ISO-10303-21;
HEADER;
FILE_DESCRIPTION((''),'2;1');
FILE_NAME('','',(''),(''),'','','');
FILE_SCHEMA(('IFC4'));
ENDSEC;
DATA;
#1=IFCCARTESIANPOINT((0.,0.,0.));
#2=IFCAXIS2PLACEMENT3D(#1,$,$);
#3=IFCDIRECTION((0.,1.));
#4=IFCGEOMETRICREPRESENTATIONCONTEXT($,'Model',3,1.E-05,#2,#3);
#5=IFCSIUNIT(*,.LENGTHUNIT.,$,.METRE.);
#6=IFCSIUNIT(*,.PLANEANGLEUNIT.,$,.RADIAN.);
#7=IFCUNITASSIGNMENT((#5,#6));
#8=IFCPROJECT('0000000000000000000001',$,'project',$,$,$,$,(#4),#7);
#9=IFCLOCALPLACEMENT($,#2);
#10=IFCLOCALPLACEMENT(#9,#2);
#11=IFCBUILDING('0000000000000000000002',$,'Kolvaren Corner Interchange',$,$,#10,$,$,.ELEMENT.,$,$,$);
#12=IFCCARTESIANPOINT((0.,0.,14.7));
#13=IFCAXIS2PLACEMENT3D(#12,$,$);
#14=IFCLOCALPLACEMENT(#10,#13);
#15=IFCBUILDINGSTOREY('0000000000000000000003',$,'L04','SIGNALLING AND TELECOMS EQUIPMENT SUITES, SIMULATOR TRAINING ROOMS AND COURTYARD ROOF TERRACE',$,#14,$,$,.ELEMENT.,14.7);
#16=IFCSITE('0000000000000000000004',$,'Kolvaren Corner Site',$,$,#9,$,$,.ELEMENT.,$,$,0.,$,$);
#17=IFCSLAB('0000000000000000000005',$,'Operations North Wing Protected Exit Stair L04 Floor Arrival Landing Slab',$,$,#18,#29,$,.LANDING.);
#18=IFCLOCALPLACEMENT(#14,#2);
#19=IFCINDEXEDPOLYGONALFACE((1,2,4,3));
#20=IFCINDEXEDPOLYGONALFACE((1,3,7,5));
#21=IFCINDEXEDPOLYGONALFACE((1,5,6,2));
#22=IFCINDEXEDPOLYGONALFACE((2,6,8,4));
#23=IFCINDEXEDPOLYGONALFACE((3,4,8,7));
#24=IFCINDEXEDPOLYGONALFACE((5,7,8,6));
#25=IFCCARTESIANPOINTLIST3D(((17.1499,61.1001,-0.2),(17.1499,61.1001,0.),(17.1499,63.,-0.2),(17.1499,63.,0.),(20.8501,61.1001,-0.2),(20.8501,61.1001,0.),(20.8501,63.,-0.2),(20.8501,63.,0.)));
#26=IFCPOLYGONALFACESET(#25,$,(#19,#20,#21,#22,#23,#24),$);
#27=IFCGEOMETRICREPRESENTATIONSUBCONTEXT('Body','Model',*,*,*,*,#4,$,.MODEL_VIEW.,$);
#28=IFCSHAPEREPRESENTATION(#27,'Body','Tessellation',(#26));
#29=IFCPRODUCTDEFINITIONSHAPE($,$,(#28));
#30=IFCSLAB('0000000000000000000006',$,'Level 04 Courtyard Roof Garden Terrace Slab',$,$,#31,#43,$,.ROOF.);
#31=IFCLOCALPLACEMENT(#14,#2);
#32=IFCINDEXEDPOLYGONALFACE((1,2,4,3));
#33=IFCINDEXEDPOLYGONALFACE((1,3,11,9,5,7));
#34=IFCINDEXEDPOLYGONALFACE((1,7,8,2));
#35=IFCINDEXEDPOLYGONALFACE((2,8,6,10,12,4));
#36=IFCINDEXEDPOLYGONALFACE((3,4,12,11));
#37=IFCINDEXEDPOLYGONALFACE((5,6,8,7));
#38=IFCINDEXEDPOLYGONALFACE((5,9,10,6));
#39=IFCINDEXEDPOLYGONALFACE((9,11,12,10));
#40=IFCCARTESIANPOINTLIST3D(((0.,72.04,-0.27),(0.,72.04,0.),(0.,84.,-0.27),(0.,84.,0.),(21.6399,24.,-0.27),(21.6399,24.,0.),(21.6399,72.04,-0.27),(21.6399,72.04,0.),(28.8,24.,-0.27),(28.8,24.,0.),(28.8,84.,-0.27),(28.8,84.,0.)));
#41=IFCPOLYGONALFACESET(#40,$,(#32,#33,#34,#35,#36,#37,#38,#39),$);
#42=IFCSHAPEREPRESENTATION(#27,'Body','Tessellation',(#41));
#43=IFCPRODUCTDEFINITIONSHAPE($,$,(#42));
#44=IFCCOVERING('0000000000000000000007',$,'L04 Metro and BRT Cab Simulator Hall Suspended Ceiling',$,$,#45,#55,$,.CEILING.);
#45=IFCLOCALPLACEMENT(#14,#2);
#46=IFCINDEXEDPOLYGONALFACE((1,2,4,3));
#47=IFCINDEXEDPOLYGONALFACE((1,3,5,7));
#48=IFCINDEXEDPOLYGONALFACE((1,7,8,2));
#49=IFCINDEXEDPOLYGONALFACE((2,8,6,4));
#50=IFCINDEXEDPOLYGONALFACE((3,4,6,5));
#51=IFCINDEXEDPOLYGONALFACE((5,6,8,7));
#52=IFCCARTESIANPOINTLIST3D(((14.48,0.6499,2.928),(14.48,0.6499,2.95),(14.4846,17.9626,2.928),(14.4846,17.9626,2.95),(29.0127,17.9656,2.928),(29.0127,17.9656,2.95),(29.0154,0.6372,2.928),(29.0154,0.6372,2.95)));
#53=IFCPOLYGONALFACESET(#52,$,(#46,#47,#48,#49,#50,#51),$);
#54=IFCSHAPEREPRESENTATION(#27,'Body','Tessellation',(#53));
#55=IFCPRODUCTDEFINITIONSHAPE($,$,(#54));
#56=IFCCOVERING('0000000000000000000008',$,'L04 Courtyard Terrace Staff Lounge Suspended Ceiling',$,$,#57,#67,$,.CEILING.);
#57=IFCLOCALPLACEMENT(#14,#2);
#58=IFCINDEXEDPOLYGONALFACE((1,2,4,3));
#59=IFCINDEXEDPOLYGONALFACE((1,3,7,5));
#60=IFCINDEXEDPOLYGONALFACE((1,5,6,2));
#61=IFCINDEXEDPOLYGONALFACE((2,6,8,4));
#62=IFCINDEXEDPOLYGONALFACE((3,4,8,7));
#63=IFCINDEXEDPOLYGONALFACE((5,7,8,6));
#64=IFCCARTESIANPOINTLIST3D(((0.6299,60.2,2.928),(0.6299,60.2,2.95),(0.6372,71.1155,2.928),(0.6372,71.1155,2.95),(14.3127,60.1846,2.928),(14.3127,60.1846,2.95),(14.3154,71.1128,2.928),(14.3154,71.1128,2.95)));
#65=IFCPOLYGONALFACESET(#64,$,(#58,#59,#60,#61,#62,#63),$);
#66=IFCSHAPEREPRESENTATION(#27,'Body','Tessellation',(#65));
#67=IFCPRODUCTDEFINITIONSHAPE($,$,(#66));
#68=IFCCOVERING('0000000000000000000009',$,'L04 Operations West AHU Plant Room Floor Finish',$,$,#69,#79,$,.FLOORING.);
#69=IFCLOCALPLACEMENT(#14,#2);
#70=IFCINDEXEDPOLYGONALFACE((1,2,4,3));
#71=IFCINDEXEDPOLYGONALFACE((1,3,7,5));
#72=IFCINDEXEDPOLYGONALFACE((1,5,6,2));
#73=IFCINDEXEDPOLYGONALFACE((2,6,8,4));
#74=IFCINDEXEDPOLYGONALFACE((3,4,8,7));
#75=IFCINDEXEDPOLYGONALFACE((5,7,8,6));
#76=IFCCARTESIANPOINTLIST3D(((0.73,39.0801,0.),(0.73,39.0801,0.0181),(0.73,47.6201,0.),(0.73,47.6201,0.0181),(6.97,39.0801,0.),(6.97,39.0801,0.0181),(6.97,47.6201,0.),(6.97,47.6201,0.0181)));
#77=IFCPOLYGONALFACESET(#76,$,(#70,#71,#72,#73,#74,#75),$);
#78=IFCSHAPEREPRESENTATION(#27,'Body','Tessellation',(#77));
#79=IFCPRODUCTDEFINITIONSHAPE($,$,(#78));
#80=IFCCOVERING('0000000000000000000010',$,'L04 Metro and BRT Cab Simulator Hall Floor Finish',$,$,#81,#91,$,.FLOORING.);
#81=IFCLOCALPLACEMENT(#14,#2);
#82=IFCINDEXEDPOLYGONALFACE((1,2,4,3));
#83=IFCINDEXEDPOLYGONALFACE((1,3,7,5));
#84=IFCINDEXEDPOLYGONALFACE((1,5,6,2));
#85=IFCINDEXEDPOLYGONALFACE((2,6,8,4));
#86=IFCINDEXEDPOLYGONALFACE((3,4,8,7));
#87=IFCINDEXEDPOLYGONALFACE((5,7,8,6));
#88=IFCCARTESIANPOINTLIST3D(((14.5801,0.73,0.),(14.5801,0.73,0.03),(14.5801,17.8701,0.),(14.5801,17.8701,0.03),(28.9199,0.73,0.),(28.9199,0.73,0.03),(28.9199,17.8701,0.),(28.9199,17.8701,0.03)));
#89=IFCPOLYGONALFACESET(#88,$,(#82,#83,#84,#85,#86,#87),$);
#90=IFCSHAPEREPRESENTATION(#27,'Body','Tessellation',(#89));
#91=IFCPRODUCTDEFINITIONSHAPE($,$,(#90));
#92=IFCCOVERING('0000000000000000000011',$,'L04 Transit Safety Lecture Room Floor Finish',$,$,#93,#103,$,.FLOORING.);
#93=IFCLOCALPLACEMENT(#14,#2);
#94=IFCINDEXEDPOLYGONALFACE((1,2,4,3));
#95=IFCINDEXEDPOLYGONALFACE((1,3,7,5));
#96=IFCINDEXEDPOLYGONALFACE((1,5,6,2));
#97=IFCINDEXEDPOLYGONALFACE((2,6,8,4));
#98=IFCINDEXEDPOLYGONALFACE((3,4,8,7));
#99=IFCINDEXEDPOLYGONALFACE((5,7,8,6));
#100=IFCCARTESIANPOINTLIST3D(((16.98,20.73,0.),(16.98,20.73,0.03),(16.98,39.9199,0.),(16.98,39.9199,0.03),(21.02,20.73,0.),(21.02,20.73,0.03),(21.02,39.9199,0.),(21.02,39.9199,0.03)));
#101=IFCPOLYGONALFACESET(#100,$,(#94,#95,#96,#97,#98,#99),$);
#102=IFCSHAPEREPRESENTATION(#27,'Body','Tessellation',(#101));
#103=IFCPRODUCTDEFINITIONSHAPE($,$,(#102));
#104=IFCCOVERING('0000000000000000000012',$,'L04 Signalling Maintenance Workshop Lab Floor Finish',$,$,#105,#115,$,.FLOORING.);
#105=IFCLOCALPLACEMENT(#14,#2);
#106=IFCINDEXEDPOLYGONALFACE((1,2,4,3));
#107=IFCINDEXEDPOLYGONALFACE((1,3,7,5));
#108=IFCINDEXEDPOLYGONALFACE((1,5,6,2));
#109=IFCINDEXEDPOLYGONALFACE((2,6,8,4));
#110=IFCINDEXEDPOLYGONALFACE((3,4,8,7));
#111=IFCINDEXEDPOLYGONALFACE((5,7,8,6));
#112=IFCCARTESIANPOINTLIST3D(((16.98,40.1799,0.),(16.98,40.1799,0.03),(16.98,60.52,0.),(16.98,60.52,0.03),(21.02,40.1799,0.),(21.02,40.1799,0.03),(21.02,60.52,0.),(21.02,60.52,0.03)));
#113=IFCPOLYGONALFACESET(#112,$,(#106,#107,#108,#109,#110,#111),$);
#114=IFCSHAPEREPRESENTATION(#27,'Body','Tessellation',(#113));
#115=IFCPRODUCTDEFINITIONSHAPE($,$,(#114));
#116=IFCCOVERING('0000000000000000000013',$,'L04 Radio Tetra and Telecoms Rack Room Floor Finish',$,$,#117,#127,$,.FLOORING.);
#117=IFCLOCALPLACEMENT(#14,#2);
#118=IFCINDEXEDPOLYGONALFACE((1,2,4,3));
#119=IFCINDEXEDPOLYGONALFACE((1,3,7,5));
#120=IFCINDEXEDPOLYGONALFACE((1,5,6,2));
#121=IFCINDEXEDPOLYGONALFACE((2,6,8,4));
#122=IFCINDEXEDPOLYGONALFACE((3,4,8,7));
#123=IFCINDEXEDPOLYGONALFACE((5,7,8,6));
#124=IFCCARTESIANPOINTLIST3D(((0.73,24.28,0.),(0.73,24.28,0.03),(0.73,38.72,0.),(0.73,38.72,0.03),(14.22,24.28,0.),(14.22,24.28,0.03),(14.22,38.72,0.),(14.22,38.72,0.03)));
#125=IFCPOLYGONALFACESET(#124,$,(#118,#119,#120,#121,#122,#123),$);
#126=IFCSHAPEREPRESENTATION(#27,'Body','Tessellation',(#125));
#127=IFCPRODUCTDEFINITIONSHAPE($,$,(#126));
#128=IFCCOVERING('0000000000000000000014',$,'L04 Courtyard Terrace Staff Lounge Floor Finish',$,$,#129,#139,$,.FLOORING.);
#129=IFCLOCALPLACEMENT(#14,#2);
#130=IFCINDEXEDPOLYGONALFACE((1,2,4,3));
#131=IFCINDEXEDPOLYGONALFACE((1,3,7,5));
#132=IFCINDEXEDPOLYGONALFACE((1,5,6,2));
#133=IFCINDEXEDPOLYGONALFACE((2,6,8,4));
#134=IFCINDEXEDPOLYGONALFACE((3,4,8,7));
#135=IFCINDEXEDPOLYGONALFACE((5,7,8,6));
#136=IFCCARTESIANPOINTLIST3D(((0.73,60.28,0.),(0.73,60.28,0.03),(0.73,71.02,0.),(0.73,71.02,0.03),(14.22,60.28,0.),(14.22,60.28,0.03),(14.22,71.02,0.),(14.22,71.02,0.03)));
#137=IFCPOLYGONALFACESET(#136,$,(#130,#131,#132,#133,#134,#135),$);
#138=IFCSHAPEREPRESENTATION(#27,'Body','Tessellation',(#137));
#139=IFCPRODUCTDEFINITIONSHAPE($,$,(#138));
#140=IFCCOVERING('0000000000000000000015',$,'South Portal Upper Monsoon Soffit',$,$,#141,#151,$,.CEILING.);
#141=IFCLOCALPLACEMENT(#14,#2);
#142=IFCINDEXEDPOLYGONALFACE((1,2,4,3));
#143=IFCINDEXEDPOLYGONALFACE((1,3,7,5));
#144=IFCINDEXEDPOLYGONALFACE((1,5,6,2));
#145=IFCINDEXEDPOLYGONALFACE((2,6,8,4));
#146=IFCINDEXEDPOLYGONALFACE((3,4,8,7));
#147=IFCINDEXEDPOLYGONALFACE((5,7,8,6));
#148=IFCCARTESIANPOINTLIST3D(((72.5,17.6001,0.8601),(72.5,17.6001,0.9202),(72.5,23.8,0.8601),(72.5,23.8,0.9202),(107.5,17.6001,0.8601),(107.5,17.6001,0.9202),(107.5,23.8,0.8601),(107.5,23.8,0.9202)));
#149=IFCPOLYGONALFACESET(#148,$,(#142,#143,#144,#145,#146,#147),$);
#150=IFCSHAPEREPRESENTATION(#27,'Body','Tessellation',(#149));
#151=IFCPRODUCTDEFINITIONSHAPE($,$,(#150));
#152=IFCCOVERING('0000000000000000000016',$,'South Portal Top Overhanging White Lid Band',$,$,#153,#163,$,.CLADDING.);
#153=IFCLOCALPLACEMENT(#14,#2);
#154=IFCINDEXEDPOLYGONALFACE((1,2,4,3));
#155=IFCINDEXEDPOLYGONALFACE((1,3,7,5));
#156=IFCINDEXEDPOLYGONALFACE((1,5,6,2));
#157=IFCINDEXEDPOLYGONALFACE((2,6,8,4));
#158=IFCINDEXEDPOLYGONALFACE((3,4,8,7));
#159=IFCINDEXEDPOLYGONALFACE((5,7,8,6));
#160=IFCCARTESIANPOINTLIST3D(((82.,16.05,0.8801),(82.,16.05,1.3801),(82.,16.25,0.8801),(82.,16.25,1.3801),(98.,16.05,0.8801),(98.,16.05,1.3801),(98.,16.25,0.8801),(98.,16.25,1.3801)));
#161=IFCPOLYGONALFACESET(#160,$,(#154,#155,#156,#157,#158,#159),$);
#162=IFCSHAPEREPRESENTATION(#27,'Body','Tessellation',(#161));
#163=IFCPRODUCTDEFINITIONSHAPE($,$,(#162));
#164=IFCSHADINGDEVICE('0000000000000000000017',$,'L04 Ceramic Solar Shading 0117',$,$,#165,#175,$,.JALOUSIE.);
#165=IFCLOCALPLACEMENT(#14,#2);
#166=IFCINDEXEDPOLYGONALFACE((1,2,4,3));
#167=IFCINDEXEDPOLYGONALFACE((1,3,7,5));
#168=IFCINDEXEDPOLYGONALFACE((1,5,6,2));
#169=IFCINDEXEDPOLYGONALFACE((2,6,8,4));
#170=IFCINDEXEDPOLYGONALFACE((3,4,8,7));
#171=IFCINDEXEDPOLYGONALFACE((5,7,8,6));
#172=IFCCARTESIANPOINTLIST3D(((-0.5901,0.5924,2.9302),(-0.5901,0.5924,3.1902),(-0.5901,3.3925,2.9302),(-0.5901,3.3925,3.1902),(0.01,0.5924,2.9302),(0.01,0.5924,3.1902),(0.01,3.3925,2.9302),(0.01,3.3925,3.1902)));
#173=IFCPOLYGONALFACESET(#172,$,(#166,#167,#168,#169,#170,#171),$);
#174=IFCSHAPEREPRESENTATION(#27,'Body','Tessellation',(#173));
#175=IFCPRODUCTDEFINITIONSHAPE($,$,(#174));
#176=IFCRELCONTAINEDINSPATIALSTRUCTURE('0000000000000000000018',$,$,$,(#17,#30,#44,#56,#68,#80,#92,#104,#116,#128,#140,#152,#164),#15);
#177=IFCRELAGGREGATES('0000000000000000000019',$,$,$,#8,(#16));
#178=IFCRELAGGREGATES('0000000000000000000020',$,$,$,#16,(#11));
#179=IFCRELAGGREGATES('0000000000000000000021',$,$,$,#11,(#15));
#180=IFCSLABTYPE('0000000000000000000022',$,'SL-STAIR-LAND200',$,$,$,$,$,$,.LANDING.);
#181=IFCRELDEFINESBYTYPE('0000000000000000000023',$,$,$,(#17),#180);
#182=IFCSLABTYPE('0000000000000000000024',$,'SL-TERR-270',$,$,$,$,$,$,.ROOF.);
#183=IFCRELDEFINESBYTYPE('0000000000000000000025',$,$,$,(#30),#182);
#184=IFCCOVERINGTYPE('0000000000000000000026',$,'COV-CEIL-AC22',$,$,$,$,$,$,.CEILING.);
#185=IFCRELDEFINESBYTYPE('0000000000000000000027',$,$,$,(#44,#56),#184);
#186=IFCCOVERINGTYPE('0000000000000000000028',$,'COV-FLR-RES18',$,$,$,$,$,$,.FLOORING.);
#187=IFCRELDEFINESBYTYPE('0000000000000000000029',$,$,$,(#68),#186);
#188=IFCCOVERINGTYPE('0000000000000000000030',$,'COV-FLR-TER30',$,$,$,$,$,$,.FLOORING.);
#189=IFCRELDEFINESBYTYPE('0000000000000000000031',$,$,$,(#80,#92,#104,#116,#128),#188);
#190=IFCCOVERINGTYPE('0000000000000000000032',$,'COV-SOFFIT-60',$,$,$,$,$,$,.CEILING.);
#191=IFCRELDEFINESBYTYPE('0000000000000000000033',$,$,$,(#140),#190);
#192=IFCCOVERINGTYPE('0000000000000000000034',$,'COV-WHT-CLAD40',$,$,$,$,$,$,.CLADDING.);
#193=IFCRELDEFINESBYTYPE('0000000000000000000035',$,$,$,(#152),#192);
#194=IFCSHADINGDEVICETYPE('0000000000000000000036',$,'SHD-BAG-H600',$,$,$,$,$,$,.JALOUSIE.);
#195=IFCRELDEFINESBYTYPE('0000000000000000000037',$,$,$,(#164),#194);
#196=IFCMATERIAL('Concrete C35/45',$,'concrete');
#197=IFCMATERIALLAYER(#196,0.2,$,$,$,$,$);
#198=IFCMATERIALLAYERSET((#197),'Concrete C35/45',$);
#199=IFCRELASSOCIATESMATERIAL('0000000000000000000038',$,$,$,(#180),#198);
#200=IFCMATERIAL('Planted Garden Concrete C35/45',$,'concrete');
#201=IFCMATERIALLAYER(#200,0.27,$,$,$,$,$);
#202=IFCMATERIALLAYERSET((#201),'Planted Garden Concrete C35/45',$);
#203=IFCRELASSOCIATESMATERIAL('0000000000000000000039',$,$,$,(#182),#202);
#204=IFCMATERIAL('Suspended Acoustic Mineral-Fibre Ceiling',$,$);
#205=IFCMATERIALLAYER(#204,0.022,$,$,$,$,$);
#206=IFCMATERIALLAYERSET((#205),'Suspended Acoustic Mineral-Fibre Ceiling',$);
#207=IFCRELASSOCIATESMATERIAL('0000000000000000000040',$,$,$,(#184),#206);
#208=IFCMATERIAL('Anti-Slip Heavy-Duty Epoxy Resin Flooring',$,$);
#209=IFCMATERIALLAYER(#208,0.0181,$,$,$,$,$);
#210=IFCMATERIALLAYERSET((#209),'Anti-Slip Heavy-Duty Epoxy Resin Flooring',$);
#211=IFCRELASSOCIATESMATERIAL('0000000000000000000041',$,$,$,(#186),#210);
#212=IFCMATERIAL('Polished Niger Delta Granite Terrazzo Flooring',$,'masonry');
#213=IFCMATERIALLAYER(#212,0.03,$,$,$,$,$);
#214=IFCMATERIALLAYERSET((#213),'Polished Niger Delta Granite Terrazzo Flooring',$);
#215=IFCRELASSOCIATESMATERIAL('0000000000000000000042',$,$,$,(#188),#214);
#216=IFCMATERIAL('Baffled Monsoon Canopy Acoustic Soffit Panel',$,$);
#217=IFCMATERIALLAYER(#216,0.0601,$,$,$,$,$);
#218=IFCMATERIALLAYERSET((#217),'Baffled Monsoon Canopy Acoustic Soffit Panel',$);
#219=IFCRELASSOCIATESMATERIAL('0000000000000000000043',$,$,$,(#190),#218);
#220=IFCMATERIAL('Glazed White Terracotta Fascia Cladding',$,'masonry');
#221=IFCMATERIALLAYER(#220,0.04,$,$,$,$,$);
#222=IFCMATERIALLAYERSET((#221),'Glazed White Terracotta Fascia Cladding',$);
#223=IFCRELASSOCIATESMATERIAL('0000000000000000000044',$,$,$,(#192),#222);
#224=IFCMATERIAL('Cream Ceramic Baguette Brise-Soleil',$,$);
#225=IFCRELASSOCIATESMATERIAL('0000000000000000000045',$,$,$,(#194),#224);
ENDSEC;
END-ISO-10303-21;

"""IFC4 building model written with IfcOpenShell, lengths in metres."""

from ifc_helpers import new_model, si_unit, direction, frame, origin, origin_2d, place, context, subcontext, project, spatial, polyline, rectangle, outline, extrude, material, layer, layer_set, type_object, element, save


model = new_model("IFC4")

# Units and contexts
model_context = context("Model", 3, precision=1e-05, world=origin(), true_north=direction((0.0, 1.0)))
body_context = subcontext(model_context, "Body", "Model", "MODEL_VIEW")
ifc_project = project(units=[si_unit("LENGTHUNIT", "METRE"), si_unit("PLANEANGLEUNIT", "RADIAN")], contexts=[model_context])

# Site, building, storey
site_placement = place(None, origin())
site = spatial("IfcSite", under=ifc_project, at=site_placement, Name="Kolvaren Corner Site", CompositionType="ELEMENT", RefElevation=0.0)
building_placement = place(site_placement, origin())
building = spatial("IfcBuilding", under=site, at=building_placement, Name="Kolvaren Corner Interchange", CompositionType="ELEMENT")
storey_placement = place(building_placement, frame((0.0, 0.0, 14.7)))
storey = spatial("IfcBuildingStorey", under=building, at=storey_placement, Name="L04", Description="SIGNALLING AND TELECOMS EQUIPMENT SUITES, SIMULATOR TRAINING ROOMS AND COURTYARD ROOF TERRACE", CompositionType="ELEMENT", Elevation=14.7)

# Shared definitions
ifc_material_1 = material(Name="Concrete C35/45", Category="concrete")
ifc_layer_1 = layer(ifc_material_1, 0.2)
ifc_layer_set_1 = layer_set([ifc_layer_1], Name="Concrete C35/45")
slab_type_1 = type_object("IfcSlabType", Name="SL-STAIR-LAND200", PredefinedType="LANDING", material=ifc_layer_set_1)

# Slabs
slab_1_placement = place(storey_placement, frame((0.0, 0.0, -0.2)))
element("IfcSlab", 1, at=slab_1_placement, inside=storey, type_object=slab_type_1, Name="Operations North Wing Protected Exit Stair L04 Floor Arrival Landing Slab", PredefinedType="LANDING", context=body_context, shape_type="SweptSolid", body=[
    extrude(outline(polyline([(20.8501, 61.1001), (20.8501, 63.0), (17.1499, 63.0), (17.1499, 61.1001), (20.8501, 61.1001)])), origin(), (0.0, 0.0, 1.0), 0.2),
])
ifc_material_2 = material(Name="Planted Garden Concrete C35/45", Category="concrete")
ifc_layer_2 = layer(ifc_material_2, 0.27)
ifc_layer_set_2 = layer_set([ifc_layer_2], Name="Planted Garden Concrete C35/45")
slab_type_2 = type_object("IfcSlabType", Name="SL-TERR-270", PredefinedType="ROOF", material=ifc_layer_set_2)
slab_2_placement = place(storey_placement, frame((0.0, 0.0, -0.27)))
element("IfcSlab", 2, at=slab_2_placement, inside=storey, type_object=slab_type_2, Name="Level 04 Courtyard Roof Garden Terrace Slab", PredefinedType="ROOF", context=body_context, shape_type="SweptSolid", body=[
    extrude(outline(polyline([(28.8, 24.0), (28.8, 84.0), (0.0, 84.0), (0.0, 72.04), (21.6399, 72.04), (21.6399, 24.0), (28.8, 24.0)])), origin(), (0.0, 0.0, 1.0), 0.27),
])

# Coverings
ifc_material_3 = material(Name="Suspended Acoustic Mineral-Fibre Ceiling")
ifc_layer_3 = layer(ifc_material_3, 0.022)
ifc_layer_set_3 = layer_set([ifc_layer_3], Name="Suspended Acoustic Mineral-Fibre Ceiling")
covering_type_1 = type_object("IfcCoveringType", Name="COV-CEIL-AC22", PredefinedType="CEILING", material=ifc_layer_set_3)
covering_1_placement = place(storey_placement, frame((0.0, 0.0, 2.928)))
element("IfcCovering", 3, at=covering_1_placement, inside=storey, type_object=covering_type_1, Name="L04 Metro and BRT Cab Simulator Hall Suspended Ceiling", PredefinedType="CEILING", context=body_context, shape_type="SweptSolid", body=[
    extrude(outline(polyline([(14.48, 0.6499), (29.0154, 0.6372), (29.0127, 17.9656), (14.4846, 17.9626), (14.48, 0.6499)])), origin(), (0.0, 0.0, 1.0), 0.022),
])
covering_2_placement = place(storey_placement, frame((0.0, 0.0, 2.928)))
element("IfcCovering", 4, at=covering_2_placement, inside=storey, type_object=covering_type_1, Name="L04 Courtyard Terrace Staff Lounge Suspended Ceiling", PredefinedType="CEILING", context=body_context, shape_type="SweptSolid", body=[
    extrude(outline(polyline([(0.6299, 60.2), (14.3127, 60.1846), (14.3154, 71.1128), (0.6372, 71.1155), (0.6299, 60.2)])), origin(), (0.0, 0.0, 1.0), 0.022),
])
ifc_material_4 = material(Name="Anti-Slip Heavy-Duty Epoxy Resin Flooring")
ifc_layer_4 = layer(ifc_material_4, 0.0181)
ifc_layer_set_4 = layer_set([ifc_layer_4], Name="Anti-Slip Heavy-Duty Epoxy Resin Flooring")
covering_type_2 = type_object("IfcCoveringType", Name="COV-FLR-RES18", PredefinedType="FLOORING", material=ifc_layer_set_4)
covering_3_placement = place(storey_placement, origin())
element("IfcCovering", 5, at=covering_3_placement, inside=storey, type_object=covering_type_2, Name="L04 Operations West AHU Plant Room Floor Finish", PredefinedType="FLOORING", context=body_context, shape_type="SweptSolid", body=[
    extrude(outline(polyline([(0.73, 39.0801), (6.97, 39.0801), (6.97, 47.6201), (0.73, 47.6201), (0.73, 39.0801)])), origin(), (0.0, 0.0, 1.0), 0.0181),
])
ifc_material_5 = material(Name="Polished Niger Delta Granite Terrazzo Flooring", Category="masonry")
ifc_layer_5 = layer(ifc_material_5, 0.03)
ifc_layer_set_5 = layer_set([ifc_layer_5], Name="Polished Niger Delta Granite Terrazzo Flooring")
covering_type_3 = type_object("IfcCoveringType", Name="COV-FLR-TER30", PredefinedType="FLOORING", material=ifc_layer_set_5)
covering_4_placement = place(storey_placement, origin())
element("IfcCovering", 6, at=covering_4_placement, inside=storey, type_object=covering_type_3, Name="L04 Metro and BRT Cab Simulator Hall Floor Finish", PredefinedType="FLOORING", context=body_context, shape_type="SweptSolid", body=[
    extrude(outline(polyline([(14.5801, 0.73), (28.9199, 0.73), (28.9199, 17.8701), (14.5801, 17.8701), (14.5801, 0.73)])), origin(), (0.0, 0.0, 1.0), 0.03),
])
covering_5_placement = place(storey_placement, origin())
element("IfcCovering", 7, at=covering_5_placement, inside=storey, type_object=covering_type_3, Name="L04 Transit Safety Lecture Room Floor Finish", PredefinedType="FLOORING", context=body_context, shape_type="SweptSolid", body=[
    extrude(outline(polyline([(16.98, 20.73), (21.02, 20.73), (21.02, 39.9199), (16.98, 39.9199), (16.98, 20.73)])), origin(), (0.0, 0.0, 1.0), 0.03),
])
covering_6_placement = place(storey_placement, origin())
element("IfcCovering", 8, at=covering_6_placement, inside=storey, type_object=covering_type_3, Name="L04 Signalling Maintenance Workshop Lab Floor Finish", PredefinedType="FLOORING", context=body_context, shape_type="SweptSolid", body=[
    extrude(outline(polyline([(16.98, 40.1799), (21.02, 40.1799), (21.02, 60.52), (16.98, 60.52), (16.98, 40.1799)])), origin(), (0.0, 0.0, 1.0), 0.03),
])
covering_7_placement = place(storey_placement, origin())
element("IfcCovering", 9, at=covering_7_placement, inside=storey, type_object=covering_type_3, Name="L04 Radio Tetra and Telecoms Rack Room Floor Finish", PredefinedType="FLOORING", context=body_context, shape_type="SweptSolid", body=[
    extrude(outline(polyline([(0.73, 24.28), (14.22, 24.28), (14.22, 38.72), (0.73, 38.72), (0.73, 24.28)])), origin(), (0.0, 0.0, 1.0), 0.03),
])
covering_8_placement = place(storey_placement, origin())
element("IfcCovering", 10, at=covering_8_placement, inside=storey, type_object=covering_type_3, Name="L04 Courtyard Terrace Staff Lounge Floor Finish", PredefinedType="FLOORING", context=body_context, shape_type="SweptSolid", body=[
    extrude(outline(polyline([(0.73, 60.28), (14.22, 60.28), (14.22, 71.02), (0.73, 71.02), (0.73, 60.28)])), origin(), (0.0, 0.0, 1.0), 0.03),
])
ifc_material_6 = material(Name="Baffled Monsoon Canopy Acoustic Soffit Panel")
ifc_layer_6 = layer(ifc_material_6, 0.0601)
ifc_layer_set_6 = layer_set([ifc_layer_6], Name="Baffled Monsoon Canopy Acoustic Soffit Panel")
covering_type_4 = type_object("IfcCoveringType", Name="COV-SOFFIT-60", PredefinedType="CEILING", material=ifc_layer_set_6)
covering_9_placement = place(storey_placement, frame((0.0, 0.0, 0.8601)))
element("IfcCovering", 11, at=covering_9_placement, inside=storey, type_object=covering_type_4, Name="South Portal Upper Monsoon Soffit", PredefinedType="CEILING", context=body_context, shape_type="SweptSolid", body=[
    extrude(outline(polyline([(72.5, 17.6001), (107.5, 17.6001), (107.5, 23.8), (72.5, 23.8), (72.5, 17.6001)])), origin(), (0.0, 0.0, 1.0), 0.0601),
])
ifc_material_7 = material(Name="Glazed White Terracotta Fascia Cladding", Category="masonry")
ifc_layer_7 = layer(ifc_material_7, 0.04)
ifc_layer_set_7 = layer_set([ifc_layer_7], Name="Glazed White Terracotta Fascia Cladding")
covering_type_5 = type_object("IfcCoveringType", Name="COV-WHT-CLAD40", PredefinedType="CLADDING", material=ifc_layer_set_7)
covering_10_placement = place(storey_placement, frame((0.0, 0.0, 0.8801)))
element("IfcCovering", 12, at=covering_10_placement, inside=storey, type_object=covering_type_5, Name="South Portal Top Overhanging White Lid Band", PredefinedType="CLADDING", context=body_context, shape_type="SweptSolid", body=[
    extrude(outline(polyline([(82.0, 16.05), (98.0, 16.05), (98.0, 16.25), (82.0, 16.25), (82.0, 16.05)])), origin(), (0.0, 0.0, 1.0), 0.5),
])

# Shading device
ifc_material_8 = material(Name="Cream Ceramic Baguette Brise-Soleil")
shading_device_type = type_object("IfcShadingDeviceType", Name="SHD-BAG-H600", PredefinedType="JALOUSIE", material=ifc_material_8)
shading_device_placement = place(storey_placement, frame((-0.29, 1.9924, 2.9302), z_axis=(0.0, 0.0, 1.0), x_axis=(0.0, -1.0, 0.0)))
element("IfcShadingDevice", 13, at=shading_device_placement, inside=storey, type_object=shading_device_type, Name="L04 Ceramic Solar Shading 0117", PredefinedType="JALOUSIE", context=body_context, shape_type="SweptSolid", body=[
    extrude(rectangle(XDim=2.8, YDim=0.6001, at=origin_2d()), origin(), (0.0, 0.0, 1.0), 0.26),
])

save(model, "model.ifc")
